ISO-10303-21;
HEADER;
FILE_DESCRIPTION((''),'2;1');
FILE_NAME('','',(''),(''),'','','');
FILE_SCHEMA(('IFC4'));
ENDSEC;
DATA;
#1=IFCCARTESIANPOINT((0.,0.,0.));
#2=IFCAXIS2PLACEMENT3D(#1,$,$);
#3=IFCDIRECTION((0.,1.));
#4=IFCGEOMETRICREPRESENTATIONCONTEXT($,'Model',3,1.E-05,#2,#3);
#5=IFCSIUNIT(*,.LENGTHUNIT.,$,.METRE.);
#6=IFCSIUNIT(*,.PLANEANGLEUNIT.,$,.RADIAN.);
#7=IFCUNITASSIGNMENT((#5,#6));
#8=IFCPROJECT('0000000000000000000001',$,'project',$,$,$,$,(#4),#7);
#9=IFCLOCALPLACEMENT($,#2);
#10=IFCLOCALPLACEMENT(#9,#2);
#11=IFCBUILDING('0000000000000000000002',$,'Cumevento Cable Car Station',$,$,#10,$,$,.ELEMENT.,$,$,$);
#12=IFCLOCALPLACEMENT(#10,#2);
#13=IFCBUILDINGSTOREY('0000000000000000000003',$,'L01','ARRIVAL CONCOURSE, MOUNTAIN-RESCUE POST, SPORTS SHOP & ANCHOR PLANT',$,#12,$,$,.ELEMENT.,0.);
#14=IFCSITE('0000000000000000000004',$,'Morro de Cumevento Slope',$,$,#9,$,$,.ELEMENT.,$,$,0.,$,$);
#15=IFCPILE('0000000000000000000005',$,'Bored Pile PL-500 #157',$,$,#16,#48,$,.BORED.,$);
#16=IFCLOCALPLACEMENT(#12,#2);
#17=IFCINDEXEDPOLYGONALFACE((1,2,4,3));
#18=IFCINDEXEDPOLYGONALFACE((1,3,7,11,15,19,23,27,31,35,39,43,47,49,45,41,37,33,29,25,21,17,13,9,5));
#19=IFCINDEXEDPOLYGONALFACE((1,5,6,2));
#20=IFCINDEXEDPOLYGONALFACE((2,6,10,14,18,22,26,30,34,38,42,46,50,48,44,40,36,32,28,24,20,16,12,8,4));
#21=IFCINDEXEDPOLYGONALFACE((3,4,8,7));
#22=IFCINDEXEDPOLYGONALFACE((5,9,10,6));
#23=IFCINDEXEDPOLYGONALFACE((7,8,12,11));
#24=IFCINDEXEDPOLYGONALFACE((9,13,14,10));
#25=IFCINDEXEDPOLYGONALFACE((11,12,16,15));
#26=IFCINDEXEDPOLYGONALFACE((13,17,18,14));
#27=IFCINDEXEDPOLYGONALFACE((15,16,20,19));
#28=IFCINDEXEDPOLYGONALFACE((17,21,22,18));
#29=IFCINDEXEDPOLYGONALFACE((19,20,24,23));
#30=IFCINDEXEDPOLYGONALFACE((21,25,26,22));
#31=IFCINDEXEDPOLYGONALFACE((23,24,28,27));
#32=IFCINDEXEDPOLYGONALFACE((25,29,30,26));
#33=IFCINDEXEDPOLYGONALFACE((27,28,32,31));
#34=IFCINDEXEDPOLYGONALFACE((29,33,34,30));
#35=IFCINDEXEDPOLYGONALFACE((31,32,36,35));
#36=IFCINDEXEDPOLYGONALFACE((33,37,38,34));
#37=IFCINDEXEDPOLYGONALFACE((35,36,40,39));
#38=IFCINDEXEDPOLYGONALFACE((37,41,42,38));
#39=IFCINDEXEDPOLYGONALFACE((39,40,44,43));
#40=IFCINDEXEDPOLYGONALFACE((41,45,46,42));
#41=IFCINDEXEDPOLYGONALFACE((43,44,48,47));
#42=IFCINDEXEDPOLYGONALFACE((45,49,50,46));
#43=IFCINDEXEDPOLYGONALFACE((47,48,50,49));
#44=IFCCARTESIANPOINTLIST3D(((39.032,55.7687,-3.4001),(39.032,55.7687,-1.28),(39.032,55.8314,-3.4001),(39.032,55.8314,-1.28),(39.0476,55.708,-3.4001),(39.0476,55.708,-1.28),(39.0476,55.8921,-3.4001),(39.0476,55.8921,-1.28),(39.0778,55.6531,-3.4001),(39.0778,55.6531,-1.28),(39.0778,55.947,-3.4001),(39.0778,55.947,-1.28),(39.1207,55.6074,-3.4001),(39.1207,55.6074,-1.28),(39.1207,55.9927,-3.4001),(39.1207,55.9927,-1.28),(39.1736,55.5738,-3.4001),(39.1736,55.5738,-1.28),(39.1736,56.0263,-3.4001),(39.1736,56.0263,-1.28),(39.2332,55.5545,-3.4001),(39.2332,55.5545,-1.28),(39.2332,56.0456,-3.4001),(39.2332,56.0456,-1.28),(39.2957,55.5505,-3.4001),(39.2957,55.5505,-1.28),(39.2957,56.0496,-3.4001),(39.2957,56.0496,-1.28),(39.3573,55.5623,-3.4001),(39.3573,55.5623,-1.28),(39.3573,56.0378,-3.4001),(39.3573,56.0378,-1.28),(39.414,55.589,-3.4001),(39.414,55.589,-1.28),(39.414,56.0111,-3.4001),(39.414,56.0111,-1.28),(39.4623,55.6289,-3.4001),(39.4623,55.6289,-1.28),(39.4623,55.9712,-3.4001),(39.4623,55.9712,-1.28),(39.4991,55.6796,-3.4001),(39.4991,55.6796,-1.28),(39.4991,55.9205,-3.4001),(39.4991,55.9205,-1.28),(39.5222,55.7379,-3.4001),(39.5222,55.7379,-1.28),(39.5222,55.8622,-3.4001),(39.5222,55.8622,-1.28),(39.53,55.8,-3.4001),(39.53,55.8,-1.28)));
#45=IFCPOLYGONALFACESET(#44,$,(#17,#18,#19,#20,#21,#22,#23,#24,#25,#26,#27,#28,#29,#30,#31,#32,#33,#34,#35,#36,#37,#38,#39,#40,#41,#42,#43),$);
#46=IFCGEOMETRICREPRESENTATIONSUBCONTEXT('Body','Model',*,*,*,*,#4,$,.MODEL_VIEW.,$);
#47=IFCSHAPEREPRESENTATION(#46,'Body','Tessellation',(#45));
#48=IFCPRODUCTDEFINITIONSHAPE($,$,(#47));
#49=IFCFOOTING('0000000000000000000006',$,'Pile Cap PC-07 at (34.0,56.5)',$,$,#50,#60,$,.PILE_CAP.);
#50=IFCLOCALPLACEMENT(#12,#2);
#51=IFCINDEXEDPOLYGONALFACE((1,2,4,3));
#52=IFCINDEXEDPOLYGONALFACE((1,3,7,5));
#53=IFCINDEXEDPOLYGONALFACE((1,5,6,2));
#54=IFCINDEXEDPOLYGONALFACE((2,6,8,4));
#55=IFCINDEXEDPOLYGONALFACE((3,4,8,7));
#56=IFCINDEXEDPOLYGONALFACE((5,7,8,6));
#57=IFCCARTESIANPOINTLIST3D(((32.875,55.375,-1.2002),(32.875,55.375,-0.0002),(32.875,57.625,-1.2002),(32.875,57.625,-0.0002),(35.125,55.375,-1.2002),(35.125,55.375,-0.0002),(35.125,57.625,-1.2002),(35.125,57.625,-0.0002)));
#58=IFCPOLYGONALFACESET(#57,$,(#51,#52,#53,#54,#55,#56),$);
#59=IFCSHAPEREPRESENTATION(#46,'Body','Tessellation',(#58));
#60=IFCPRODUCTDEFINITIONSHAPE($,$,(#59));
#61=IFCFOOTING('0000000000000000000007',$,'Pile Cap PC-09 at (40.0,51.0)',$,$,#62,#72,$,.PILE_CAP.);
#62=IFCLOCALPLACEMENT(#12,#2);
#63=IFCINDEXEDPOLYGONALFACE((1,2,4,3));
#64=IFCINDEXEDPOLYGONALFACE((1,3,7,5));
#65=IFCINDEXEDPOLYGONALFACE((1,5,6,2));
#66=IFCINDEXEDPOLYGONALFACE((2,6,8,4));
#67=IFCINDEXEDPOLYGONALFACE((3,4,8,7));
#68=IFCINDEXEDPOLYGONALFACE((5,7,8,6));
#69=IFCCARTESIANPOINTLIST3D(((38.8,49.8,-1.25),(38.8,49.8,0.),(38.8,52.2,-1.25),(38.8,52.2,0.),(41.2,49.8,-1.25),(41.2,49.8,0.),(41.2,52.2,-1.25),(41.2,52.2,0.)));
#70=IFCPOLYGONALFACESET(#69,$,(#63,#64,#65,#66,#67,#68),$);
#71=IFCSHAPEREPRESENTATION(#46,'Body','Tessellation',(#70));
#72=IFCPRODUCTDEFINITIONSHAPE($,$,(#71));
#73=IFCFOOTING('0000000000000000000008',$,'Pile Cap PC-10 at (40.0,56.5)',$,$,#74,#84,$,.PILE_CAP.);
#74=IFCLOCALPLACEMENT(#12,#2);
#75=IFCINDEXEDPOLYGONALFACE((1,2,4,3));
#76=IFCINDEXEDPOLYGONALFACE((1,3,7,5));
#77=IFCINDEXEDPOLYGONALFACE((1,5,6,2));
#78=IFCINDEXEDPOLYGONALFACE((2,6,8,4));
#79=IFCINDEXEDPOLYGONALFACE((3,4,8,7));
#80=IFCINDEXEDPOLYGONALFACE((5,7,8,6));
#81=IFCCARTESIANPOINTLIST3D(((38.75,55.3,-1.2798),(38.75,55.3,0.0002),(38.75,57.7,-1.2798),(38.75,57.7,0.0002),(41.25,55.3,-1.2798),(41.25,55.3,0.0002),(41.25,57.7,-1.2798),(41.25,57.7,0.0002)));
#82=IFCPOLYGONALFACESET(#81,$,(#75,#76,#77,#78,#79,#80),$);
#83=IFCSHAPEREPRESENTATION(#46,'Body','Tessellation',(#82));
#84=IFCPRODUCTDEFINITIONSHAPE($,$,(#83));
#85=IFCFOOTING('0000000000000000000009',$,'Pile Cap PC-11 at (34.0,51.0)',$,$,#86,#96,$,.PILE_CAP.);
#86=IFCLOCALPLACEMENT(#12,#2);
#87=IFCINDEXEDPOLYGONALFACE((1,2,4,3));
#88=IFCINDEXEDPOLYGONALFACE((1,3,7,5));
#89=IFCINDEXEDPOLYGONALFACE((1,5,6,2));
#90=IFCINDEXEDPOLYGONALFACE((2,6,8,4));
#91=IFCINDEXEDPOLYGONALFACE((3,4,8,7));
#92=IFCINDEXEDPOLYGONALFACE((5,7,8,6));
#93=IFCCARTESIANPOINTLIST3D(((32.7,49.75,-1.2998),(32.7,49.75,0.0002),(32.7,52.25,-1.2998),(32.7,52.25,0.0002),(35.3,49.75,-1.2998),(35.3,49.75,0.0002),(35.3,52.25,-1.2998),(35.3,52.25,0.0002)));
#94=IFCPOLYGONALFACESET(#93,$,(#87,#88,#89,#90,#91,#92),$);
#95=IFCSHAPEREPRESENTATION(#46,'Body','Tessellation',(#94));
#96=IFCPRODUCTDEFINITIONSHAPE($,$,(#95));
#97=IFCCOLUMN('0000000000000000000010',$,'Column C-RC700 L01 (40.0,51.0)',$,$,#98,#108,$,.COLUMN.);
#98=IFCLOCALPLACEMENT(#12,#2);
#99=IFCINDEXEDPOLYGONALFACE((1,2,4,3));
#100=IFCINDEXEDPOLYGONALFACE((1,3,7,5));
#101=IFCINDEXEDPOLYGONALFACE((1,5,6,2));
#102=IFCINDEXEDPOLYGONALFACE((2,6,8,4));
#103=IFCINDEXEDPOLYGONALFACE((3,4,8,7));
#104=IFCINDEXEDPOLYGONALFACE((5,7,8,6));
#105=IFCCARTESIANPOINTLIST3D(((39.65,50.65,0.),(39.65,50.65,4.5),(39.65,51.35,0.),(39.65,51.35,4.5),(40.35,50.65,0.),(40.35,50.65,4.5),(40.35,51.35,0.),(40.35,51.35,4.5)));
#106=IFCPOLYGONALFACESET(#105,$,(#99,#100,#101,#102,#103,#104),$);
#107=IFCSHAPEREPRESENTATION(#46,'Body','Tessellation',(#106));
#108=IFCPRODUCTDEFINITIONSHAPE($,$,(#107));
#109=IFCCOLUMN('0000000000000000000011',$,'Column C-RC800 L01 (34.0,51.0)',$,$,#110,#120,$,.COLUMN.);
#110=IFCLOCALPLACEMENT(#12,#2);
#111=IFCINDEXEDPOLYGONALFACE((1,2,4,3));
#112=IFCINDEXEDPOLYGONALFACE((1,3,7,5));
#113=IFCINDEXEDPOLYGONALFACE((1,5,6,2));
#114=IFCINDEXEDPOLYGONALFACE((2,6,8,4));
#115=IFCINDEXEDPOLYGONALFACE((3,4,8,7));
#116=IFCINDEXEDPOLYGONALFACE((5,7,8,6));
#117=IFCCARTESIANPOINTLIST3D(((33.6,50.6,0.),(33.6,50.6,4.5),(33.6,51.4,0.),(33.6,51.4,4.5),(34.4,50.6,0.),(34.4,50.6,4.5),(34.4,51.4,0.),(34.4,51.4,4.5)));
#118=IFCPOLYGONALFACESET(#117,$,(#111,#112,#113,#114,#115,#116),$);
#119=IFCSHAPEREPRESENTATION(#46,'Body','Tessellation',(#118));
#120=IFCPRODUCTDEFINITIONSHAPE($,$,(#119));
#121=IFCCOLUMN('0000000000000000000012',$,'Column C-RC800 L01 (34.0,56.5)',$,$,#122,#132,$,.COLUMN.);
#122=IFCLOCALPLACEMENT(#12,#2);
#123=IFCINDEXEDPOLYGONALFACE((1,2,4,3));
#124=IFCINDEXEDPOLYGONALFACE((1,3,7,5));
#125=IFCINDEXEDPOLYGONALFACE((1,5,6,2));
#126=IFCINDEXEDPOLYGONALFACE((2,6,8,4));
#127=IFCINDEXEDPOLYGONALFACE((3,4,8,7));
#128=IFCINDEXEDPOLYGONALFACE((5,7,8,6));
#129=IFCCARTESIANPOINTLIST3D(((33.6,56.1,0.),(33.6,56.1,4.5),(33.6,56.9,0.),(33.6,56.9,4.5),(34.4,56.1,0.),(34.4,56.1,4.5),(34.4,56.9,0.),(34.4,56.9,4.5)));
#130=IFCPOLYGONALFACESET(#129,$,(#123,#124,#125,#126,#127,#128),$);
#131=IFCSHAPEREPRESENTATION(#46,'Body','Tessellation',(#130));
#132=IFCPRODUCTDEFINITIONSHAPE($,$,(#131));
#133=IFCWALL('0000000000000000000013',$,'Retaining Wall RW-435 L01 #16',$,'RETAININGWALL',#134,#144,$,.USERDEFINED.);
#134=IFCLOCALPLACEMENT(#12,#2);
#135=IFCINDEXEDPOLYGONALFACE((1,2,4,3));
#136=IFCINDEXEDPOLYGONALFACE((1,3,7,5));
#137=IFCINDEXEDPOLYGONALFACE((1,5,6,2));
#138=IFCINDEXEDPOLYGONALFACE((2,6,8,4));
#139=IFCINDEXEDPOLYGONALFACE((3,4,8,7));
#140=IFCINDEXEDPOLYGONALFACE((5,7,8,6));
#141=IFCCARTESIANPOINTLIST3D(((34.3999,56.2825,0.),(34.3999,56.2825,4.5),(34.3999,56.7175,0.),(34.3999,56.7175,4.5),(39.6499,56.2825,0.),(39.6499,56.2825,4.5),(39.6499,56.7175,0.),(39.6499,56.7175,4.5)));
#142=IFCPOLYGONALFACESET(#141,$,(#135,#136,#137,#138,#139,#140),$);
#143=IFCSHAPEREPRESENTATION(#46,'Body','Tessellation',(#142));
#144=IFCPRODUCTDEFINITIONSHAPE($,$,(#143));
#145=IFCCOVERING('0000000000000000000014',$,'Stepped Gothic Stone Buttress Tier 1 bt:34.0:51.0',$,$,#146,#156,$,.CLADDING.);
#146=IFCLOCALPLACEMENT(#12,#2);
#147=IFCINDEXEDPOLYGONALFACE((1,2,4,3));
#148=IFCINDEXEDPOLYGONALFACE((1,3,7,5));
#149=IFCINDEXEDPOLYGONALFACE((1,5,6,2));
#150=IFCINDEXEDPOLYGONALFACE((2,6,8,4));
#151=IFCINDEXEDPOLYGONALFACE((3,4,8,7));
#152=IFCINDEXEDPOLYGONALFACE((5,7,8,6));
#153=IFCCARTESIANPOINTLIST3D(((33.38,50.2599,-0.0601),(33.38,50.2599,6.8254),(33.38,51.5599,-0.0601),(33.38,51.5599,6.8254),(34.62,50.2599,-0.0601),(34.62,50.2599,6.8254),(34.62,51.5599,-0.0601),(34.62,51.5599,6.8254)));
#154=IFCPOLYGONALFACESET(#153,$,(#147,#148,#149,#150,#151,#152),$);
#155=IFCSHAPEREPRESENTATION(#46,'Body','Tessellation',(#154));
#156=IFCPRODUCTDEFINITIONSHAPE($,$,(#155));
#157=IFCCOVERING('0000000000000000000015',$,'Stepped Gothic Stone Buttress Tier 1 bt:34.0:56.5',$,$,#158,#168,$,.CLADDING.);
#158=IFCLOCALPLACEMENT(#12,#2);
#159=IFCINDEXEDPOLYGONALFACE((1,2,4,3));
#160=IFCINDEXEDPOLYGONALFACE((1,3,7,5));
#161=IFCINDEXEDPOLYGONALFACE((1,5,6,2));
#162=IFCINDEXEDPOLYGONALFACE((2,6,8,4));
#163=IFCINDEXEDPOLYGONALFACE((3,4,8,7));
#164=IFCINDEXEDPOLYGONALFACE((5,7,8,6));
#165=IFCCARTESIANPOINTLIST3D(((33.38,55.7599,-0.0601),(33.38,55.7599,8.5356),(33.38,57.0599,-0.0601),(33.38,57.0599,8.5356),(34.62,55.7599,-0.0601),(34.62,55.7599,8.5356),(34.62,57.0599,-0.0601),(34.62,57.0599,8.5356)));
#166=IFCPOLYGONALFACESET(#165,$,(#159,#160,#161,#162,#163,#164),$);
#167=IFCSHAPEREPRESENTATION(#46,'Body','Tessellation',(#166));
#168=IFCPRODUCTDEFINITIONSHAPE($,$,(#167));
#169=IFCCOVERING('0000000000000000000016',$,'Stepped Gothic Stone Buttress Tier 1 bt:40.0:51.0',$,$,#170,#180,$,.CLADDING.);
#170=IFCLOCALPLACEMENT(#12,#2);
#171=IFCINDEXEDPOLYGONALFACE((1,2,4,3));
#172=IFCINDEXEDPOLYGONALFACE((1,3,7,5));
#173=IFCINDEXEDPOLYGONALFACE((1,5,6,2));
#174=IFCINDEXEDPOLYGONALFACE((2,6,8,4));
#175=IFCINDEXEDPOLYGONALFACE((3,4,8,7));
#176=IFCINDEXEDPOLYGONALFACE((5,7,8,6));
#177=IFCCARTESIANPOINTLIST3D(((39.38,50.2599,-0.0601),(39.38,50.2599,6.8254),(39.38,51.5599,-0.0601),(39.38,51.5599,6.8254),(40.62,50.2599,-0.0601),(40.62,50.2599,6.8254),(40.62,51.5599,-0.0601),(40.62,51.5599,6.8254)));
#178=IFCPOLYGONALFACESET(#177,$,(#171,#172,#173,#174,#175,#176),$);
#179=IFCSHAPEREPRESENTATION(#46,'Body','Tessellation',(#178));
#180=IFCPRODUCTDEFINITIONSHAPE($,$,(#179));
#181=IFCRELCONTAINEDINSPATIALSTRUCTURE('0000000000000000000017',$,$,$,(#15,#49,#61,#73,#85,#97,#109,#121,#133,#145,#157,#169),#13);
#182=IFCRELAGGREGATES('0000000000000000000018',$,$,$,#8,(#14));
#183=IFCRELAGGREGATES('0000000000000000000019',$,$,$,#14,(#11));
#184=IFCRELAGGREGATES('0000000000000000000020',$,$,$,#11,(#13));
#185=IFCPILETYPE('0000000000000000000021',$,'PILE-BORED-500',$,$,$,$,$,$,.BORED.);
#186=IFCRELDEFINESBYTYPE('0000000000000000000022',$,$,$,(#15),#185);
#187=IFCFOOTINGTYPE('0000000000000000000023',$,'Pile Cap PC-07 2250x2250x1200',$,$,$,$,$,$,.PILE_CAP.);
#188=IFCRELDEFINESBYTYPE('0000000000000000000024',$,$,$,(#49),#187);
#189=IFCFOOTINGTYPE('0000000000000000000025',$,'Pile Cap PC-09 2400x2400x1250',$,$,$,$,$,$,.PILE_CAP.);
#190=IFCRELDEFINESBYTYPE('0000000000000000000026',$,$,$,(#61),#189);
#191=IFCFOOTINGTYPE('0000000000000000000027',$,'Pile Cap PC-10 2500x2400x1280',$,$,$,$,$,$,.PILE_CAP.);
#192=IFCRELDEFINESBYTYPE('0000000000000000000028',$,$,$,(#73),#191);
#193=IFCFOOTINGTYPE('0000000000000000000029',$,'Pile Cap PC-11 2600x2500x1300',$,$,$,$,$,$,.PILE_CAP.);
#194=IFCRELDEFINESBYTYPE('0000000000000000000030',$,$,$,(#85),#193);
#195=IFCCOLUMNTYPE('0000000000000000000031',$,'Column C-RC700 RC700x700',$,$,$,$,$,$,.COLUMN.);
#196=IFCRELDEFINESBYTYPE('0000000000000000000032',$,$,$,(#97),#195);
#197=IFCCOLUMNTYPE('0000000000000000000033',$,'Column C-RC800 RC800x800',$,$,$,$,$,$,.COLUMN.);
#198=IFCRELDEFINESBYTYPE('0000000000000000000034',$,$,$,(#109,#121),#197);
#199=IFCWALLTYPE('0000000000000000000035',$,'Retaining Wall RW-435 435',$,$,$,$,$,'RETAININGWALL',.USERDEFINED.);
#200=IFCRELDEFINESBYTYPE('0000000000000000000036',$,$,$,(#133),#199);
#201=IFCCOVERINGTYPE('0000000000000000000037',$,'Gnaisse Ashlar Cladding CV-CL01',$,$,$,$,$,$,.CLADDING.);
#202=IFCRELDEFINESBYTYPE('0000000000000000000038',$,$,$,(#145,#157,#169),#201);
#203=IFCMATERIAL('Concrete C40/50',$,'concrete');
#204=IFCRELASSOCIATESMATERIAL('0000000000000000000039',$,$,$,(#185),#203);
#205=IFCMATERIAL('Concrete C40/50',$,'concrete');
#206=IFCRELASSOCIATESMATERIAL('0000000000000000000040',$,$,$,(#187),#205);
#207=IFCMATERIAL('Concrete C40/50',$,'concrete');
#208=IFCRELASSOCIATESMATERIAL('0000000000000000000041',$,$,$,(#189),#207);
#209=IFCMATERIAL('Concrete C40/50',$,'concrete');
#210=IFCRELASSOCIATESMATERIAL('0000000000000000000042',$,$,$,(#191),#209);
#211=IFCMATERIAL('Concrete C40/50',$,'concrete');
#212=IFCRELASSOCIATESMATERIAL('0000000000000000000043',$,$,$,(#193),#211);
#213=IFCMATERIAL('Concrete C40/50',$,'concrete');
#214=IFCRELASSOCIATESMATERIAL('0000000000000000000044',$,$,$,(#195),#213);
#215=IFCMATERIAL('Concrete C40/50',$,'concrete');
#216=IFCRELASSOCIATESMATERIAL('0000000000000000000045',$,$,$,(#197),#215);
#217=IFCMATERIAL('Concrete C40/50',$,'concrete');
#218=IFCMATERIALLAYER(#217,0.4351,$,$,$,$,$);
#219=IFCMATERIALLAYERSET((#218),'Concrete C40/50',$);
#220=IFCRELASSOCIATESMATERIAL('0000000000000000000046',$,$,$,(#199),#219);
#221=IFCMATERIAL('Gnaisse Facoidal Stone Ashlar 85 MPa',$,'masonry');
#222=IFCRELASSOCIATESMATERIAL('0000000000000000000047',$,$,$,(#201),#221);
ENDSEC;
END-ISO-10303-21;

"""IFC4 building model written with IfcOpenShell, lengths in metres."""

from ifc_helpers import new_model, si_unit, direction, frame, frame_2d, origin, origin_2d, place, context, subcontext, project, spatial, rectangle, circle, extrude, material, layer, layer_set, material_profile, profile_set, type_object, element, save


model = new_model("IFC4")

# Units and contexts
model_context = context("Model", 3, precision=1e-05, world=origin(), true_north=direction((0.0, 1.0)))
body_context = subcontext(model_context, "Body", "Model", "MODEL_VIEW")
ifc_project = project(units=[si_unit("LENGTHUNIT", "METRE"), si_unit("PLANEANGLEUNIT", "RADIAN")], contexts=[model_context])

# Site, building, storey
site_placement = place(None, origin())
site = spatial("IfcSite", under=ifc_project, at=site_placement, Name="Morro de Cumevento Slope", CompositionType="ELEMENT", RefElevation=0.0)
building_placement = place(site_placement, origin())
building = spatial("IfcBuilding", under=site, at=building_placement, Name="Cumevento Cable Car Station", CompositionType="ELEMENT")
storey_placement = place(building_placement, origin())
storey = spatial("IfcBuildingStorey", under=building, at=storey_placement, Name="L01", Description="ARRIVAL CONCOURSE, MOUNTAIN-RESCUE POST, SPORTS SHOP & ANCHOR PLANT", CompositionType="ELEMENT", Elevation=0.0)

# Pile
ifc_material_1 = material(Name="Concrete C40/50", Category="concrete")
ifc_material_profile_1 = material_profile(ifc_material_1, circle(Radius=0.25, at=origin_2d()), Name="PILE-D500")
ifc_profile_set_1 = profile_set([ifc_material_profile_1], Name="Concrete C40/50")
pile_type_1 = type_object("IfcPileType", Name="PILE-BORED-500", PredefinedType="BORED", material=ifc_profile_set_1)
pile_1_placement = place(storey_placement, frame((39.28, 55.8, -1.28), z_axis=(0.0, 0.0, -1.0), x_axis=(1.0, 0.0, 0.0)))
element("IfcPile", 1, at=pile_1_placement, inside=storey, type_object=pile_type_1, Name="Bored Pile PL-500 #157", PredefinedType="BORED", context=body_context, shape_type="SweptSolid", body=[
    extrude(circle(Radius=0.25, at=origin_2d()), origin(), (0.0, 0.0, 1.0), 2.1201),
])

# Footings
ifc_material_2 = material(Name="Concrete C40/50", Category="concrete")
footing_type_1 = type_object("IfcFootingType", Name="Pile Cap PC-07 2250x2250x1200", PredefinedType="PILE_CAP", material=ifc_material_2)
footing_1_placement = place(storey_placement, frame((34.0, 56.5, -1.2002), z_axis=(0.0, 0.0, 1.0), x_axis=(1.0, 0.0, 0.0)))
element("IfcFooting", 2, at=footing_1_placement, inside=storey, type_object=footing_type_1, Name="Pile Cap PC-07 at (34.0,56.5)", PredefinedType="PILE_CAP", context=body_context, shape_type="SweptSolid", body=[
    extrude(rectangle(XDim=2.25, YDim=2.25, at=origin_2d()), origin(), (0.0, 0.0, 1.0), 1.2),
])
ifc_material_3 = material(Name="Concrete C40/50", Category="concrete")
footing_type_2 = type_object("IfcFootingType", Name="Pile Cap PC-09 2400x2400x1250", PredefinedType="PILE_CAP", material=ifc_material_3)
footing_2_placement = place(storey_placement, frame((40.0, 51.0, -1.25), z_axis=(0.0, 0.0, 1.0), x_axis=(1.0, 0.0, 0.0)))
element("IfcFooting", 3, at=footing_2_placement, inside=storey, type_object=footing_type_2, Name="Pile Cap PC-09 at (40.0,51.0)", PredefinedType="PILE_CAP", context=body_context, shape_type="SweptSolid", body=[
    extrude(rectangle(XDim=2.3999, YDim=2.3999, at=origin_2d()), origin(), (0.0, 0.0, 1.0), 1.25),
])
ifc_material_4 = material(Name="Concrete C40/50", Category="concrete")
footing_type_3 = type_object("IfcFootingType", Name="Pile Cap PC-10 2500x2400x1280", PredefinedType="PILE_CAP", material=ifc_material_4)
footing_3_placement = place(storey_placement, frame((40.0, 56.5, -1.2798), z_axis=(0.0, 0.0, 1.0), x_axis=(1.0, 0.0, 0.0)))
element("IfcFooting", 4, at=footing_3_placement, inside=storey, type_object=footing_type_3, Name="Pile Cap PC-10 at (40.0,56.5)", PredefinedType="PILE_CAP", context=body_context, shape_type="SweptSolid", body=[
    extrude(rectangle(XDim=2.5, YDim=2.3999, at=origin_2d()), origin(), (0.0, 0.0, 1.0), 1.28),
])
ifc_material_5 = material(Name="Concrete C40/50", Category="concrete")
footing_type_4 = type_object("IfcFootingType", Name="Pile Cap PC-11 2600x2500x1300", PredefinedType="PILE_CAP", material=ifc_material_5)
footing_4_placement = place(storey_placement, frame((34.0, 51.0, -1.2998), z_axis=(0.0, 0.0, 1.0), x_axis=(1.0, 0.0, 0.0)))
element("IfcFooting", 5, at=footing_4_placement, inside=storey, type_object=footing_type_4, Name="Pile Cap PC-11 at (34.0,51.0)", PredefinedType="PILE_CAP", context=body_context, shape_type="SweptSolid", body=[
    extrude(rectangle(XDim=2.6001, YDim=2.5, at=origin_2d()), origin(), (0.0, 0.0, 1.0), 1.3),
])

# Columns
ifc_material_6 = material(Name="Concrete C40/50", Category="concrete")
ifc_material_profile_2 = material_profile(ifc_material_6, rectangle(XDim=0.7, YDim=0.7, at=origin_2d()), Name="RC700x700")
ifc_profile_set_2 = profile_set([ifc_material_profile_2], Name="Concrete C40/50")
column_type_1 = type_object("IfcColumnType", Name="Column C-RC700 RC700x700", PredefinedType="COLUMN", material=ifc_profile_set_2)
column_placement = place(storey_placement, frame((40.0, 51.0, 0.0), z_axis=(0.0, 0.0, 1.0), x_axis=(1.0, 0.0, 0.0)))
element("IfcColumn", 6, at=column_placement, inside=storey, type_object=column_type_1, Name="Column C-RC700 L01 (40.0,51.0)", PredefinedType="COLUMN", context=body_context, shape_type="SweptSolid", body=[
    extrude(rectangle(XDim=0.7, YDim=0.7, at=origin_2d()), origin(), (0.0, 0.0, 1.0), 4.5),
])
ifc_material_7 = material(Name="Concrete C40/50", Category="concrete")
ifc_material_profile_3 = material_profile(ifc_material_7, rectangle(XDim=0.8, YDim=0.8, at=origin_2d()), Name="RC800x800")
ifc_profile_set_3 = profile_set([ifc_material_profile_3], Name="Concrete C40/50")
column_type_2 = type_object("IfcColumnType", Name="Column C-RC800 RC800x800", PredefinedType="COLUMN", material=ifc_profile_set_3)
for number, where, z_axis, x_axis, name in (
    (7, (34.0, 51.0, 0.0), (0.0, 0.0, 1.0), (1.0, 0.0, 0.0), "Column C-RC800 L01 (34.0,51.0)"),
    (8, (34.0, 56.5, 0.0), (0.0, 0.0, 1.0), (1.0, 0.0, 0.0), "Column C-RC800 L01 (34.0,56.5)"),
):
    element("IfcColumn", number, at=place(storey_placement, frame(where, z_axis=z_axis, x_axis=x_axis)), inside=storey, type_object=column_type_2, Name=name, PredefinedType="COLUMN", context=body_context, shape_type="SweptSolid", body=[
        extrude(rectangle(XDim=0.8, YDim=0.8, at=origin_2d()), origin(), (0.0, 0.0, 1.0), 4.5),
    ])

# Wall
ifc_material_8 = material(Name="Concrete C40/50", Category="concrete")
ifc_layer = layer(ifc_material_8, 0.4351)
ifc_layer_set = layer_set([ifc_layer], Name="Concrete C40/50")
wall_type = type_object("IfcWallType", Name="Retaining Wall RW-435 435", ElementType="RETAININGWALL", PredefinedType="USERDEFINED", material=ifc_layer_set)
wall_placement = place(storey_placement, frame((34.3999, 56.5, 0.0), z_axis=(0.0, 0.0, 1.0), x_axis=(1.0, 0.0, 0.0)))
element("IfcWall", 9, at=wall_placement, inside=storey, type_object=wall_type, Name="Retaining Wall RW-435 L01 #16", ObjectType="RETAININGWALL", PredefinedType="USERDEFINED", context=body_context, shape_type="SweptSolid", body=[
    extrude(rectangle(XDim=5.25, YDim=0.4351, at=frame_2d((2.625, 0.0))), origin(), (0.0, 0.0, 1.0), 4.5),
])

# Coverings
ifc_material_9 = material(Name="Gnaisse Facoidal Stone Ashlar 85 MPa", Category="masonry")
covering_type = type_object("IfcCoveringType", Name="Gnaisse Ashlar Cladding CV-CL01", PredefinedType="CLADDING", material=ifc_material_9)
covering_1_placement = place(storey_placement, frame((34.0, 50.9099, -0.0601), z_axis=(0.0, 0.0, 1.0), x_axis=(1.0, 0.0, 0.0)))
element("IfcCovering", 10, at=covering_1_placement, inside=storey, type_object=covering_type, Name="Stepped Gothic Stone Buttress Tier 1 bt:34.0:51.0", PredefinedType="CLADDING", context=body_context, shape_type="SweptSolid", body=[
    extrude(rectangle(XDim=1.24, YDim=1.3, at=origin_2d()), origin(), (0.0, 0.0, 1.0), 6.8855),
])
covering_2_placement = place(storey_placement, frame((34.0, 56.4099, -0.0601), z_axis=(0.0, 0.0, 1.0), x_axis=(1.0, 0.0, 0.0)))
element("IfcCovering", 11, at=covering_2_placement, inside=storey, type_object=covering_type, Name="Stepped Gothic Stone Buttress Tier 1 bt:34.0:56.5", PredefinedType="CLADDING", context=body_context, shape_type="SweptSolid", body=[
    extrude(rectangle(XDim=1.24, YDim=1.3, at=origin_2d()), origin(), (0.0, 0.0, 1.0), 8.5957),
])
covering_3_placement = place(storey_placement, frame((40.0, 50.9099, -0.0601), z_axis=(0.0, 0.0, 1.0), x_axis=(1.0, 0.0, 0.0)))
element("IfcCovering", 12, at=covering_3_placement, inside=storey, type_object=covering_type, Name="Stepped Gothic Stone Buttress Tier 1 bt:40.0:51.0", PredefinedType="CLADDING", context=body_context, shape_type="SweptSolid", body=[
    extrude(rectangle(XDim=1.24, YDim=1.3, at=origin_2d()), origin(), (0.0, 0.0, 1.0), 6.8855),
])

save(model, "model.ifc")
